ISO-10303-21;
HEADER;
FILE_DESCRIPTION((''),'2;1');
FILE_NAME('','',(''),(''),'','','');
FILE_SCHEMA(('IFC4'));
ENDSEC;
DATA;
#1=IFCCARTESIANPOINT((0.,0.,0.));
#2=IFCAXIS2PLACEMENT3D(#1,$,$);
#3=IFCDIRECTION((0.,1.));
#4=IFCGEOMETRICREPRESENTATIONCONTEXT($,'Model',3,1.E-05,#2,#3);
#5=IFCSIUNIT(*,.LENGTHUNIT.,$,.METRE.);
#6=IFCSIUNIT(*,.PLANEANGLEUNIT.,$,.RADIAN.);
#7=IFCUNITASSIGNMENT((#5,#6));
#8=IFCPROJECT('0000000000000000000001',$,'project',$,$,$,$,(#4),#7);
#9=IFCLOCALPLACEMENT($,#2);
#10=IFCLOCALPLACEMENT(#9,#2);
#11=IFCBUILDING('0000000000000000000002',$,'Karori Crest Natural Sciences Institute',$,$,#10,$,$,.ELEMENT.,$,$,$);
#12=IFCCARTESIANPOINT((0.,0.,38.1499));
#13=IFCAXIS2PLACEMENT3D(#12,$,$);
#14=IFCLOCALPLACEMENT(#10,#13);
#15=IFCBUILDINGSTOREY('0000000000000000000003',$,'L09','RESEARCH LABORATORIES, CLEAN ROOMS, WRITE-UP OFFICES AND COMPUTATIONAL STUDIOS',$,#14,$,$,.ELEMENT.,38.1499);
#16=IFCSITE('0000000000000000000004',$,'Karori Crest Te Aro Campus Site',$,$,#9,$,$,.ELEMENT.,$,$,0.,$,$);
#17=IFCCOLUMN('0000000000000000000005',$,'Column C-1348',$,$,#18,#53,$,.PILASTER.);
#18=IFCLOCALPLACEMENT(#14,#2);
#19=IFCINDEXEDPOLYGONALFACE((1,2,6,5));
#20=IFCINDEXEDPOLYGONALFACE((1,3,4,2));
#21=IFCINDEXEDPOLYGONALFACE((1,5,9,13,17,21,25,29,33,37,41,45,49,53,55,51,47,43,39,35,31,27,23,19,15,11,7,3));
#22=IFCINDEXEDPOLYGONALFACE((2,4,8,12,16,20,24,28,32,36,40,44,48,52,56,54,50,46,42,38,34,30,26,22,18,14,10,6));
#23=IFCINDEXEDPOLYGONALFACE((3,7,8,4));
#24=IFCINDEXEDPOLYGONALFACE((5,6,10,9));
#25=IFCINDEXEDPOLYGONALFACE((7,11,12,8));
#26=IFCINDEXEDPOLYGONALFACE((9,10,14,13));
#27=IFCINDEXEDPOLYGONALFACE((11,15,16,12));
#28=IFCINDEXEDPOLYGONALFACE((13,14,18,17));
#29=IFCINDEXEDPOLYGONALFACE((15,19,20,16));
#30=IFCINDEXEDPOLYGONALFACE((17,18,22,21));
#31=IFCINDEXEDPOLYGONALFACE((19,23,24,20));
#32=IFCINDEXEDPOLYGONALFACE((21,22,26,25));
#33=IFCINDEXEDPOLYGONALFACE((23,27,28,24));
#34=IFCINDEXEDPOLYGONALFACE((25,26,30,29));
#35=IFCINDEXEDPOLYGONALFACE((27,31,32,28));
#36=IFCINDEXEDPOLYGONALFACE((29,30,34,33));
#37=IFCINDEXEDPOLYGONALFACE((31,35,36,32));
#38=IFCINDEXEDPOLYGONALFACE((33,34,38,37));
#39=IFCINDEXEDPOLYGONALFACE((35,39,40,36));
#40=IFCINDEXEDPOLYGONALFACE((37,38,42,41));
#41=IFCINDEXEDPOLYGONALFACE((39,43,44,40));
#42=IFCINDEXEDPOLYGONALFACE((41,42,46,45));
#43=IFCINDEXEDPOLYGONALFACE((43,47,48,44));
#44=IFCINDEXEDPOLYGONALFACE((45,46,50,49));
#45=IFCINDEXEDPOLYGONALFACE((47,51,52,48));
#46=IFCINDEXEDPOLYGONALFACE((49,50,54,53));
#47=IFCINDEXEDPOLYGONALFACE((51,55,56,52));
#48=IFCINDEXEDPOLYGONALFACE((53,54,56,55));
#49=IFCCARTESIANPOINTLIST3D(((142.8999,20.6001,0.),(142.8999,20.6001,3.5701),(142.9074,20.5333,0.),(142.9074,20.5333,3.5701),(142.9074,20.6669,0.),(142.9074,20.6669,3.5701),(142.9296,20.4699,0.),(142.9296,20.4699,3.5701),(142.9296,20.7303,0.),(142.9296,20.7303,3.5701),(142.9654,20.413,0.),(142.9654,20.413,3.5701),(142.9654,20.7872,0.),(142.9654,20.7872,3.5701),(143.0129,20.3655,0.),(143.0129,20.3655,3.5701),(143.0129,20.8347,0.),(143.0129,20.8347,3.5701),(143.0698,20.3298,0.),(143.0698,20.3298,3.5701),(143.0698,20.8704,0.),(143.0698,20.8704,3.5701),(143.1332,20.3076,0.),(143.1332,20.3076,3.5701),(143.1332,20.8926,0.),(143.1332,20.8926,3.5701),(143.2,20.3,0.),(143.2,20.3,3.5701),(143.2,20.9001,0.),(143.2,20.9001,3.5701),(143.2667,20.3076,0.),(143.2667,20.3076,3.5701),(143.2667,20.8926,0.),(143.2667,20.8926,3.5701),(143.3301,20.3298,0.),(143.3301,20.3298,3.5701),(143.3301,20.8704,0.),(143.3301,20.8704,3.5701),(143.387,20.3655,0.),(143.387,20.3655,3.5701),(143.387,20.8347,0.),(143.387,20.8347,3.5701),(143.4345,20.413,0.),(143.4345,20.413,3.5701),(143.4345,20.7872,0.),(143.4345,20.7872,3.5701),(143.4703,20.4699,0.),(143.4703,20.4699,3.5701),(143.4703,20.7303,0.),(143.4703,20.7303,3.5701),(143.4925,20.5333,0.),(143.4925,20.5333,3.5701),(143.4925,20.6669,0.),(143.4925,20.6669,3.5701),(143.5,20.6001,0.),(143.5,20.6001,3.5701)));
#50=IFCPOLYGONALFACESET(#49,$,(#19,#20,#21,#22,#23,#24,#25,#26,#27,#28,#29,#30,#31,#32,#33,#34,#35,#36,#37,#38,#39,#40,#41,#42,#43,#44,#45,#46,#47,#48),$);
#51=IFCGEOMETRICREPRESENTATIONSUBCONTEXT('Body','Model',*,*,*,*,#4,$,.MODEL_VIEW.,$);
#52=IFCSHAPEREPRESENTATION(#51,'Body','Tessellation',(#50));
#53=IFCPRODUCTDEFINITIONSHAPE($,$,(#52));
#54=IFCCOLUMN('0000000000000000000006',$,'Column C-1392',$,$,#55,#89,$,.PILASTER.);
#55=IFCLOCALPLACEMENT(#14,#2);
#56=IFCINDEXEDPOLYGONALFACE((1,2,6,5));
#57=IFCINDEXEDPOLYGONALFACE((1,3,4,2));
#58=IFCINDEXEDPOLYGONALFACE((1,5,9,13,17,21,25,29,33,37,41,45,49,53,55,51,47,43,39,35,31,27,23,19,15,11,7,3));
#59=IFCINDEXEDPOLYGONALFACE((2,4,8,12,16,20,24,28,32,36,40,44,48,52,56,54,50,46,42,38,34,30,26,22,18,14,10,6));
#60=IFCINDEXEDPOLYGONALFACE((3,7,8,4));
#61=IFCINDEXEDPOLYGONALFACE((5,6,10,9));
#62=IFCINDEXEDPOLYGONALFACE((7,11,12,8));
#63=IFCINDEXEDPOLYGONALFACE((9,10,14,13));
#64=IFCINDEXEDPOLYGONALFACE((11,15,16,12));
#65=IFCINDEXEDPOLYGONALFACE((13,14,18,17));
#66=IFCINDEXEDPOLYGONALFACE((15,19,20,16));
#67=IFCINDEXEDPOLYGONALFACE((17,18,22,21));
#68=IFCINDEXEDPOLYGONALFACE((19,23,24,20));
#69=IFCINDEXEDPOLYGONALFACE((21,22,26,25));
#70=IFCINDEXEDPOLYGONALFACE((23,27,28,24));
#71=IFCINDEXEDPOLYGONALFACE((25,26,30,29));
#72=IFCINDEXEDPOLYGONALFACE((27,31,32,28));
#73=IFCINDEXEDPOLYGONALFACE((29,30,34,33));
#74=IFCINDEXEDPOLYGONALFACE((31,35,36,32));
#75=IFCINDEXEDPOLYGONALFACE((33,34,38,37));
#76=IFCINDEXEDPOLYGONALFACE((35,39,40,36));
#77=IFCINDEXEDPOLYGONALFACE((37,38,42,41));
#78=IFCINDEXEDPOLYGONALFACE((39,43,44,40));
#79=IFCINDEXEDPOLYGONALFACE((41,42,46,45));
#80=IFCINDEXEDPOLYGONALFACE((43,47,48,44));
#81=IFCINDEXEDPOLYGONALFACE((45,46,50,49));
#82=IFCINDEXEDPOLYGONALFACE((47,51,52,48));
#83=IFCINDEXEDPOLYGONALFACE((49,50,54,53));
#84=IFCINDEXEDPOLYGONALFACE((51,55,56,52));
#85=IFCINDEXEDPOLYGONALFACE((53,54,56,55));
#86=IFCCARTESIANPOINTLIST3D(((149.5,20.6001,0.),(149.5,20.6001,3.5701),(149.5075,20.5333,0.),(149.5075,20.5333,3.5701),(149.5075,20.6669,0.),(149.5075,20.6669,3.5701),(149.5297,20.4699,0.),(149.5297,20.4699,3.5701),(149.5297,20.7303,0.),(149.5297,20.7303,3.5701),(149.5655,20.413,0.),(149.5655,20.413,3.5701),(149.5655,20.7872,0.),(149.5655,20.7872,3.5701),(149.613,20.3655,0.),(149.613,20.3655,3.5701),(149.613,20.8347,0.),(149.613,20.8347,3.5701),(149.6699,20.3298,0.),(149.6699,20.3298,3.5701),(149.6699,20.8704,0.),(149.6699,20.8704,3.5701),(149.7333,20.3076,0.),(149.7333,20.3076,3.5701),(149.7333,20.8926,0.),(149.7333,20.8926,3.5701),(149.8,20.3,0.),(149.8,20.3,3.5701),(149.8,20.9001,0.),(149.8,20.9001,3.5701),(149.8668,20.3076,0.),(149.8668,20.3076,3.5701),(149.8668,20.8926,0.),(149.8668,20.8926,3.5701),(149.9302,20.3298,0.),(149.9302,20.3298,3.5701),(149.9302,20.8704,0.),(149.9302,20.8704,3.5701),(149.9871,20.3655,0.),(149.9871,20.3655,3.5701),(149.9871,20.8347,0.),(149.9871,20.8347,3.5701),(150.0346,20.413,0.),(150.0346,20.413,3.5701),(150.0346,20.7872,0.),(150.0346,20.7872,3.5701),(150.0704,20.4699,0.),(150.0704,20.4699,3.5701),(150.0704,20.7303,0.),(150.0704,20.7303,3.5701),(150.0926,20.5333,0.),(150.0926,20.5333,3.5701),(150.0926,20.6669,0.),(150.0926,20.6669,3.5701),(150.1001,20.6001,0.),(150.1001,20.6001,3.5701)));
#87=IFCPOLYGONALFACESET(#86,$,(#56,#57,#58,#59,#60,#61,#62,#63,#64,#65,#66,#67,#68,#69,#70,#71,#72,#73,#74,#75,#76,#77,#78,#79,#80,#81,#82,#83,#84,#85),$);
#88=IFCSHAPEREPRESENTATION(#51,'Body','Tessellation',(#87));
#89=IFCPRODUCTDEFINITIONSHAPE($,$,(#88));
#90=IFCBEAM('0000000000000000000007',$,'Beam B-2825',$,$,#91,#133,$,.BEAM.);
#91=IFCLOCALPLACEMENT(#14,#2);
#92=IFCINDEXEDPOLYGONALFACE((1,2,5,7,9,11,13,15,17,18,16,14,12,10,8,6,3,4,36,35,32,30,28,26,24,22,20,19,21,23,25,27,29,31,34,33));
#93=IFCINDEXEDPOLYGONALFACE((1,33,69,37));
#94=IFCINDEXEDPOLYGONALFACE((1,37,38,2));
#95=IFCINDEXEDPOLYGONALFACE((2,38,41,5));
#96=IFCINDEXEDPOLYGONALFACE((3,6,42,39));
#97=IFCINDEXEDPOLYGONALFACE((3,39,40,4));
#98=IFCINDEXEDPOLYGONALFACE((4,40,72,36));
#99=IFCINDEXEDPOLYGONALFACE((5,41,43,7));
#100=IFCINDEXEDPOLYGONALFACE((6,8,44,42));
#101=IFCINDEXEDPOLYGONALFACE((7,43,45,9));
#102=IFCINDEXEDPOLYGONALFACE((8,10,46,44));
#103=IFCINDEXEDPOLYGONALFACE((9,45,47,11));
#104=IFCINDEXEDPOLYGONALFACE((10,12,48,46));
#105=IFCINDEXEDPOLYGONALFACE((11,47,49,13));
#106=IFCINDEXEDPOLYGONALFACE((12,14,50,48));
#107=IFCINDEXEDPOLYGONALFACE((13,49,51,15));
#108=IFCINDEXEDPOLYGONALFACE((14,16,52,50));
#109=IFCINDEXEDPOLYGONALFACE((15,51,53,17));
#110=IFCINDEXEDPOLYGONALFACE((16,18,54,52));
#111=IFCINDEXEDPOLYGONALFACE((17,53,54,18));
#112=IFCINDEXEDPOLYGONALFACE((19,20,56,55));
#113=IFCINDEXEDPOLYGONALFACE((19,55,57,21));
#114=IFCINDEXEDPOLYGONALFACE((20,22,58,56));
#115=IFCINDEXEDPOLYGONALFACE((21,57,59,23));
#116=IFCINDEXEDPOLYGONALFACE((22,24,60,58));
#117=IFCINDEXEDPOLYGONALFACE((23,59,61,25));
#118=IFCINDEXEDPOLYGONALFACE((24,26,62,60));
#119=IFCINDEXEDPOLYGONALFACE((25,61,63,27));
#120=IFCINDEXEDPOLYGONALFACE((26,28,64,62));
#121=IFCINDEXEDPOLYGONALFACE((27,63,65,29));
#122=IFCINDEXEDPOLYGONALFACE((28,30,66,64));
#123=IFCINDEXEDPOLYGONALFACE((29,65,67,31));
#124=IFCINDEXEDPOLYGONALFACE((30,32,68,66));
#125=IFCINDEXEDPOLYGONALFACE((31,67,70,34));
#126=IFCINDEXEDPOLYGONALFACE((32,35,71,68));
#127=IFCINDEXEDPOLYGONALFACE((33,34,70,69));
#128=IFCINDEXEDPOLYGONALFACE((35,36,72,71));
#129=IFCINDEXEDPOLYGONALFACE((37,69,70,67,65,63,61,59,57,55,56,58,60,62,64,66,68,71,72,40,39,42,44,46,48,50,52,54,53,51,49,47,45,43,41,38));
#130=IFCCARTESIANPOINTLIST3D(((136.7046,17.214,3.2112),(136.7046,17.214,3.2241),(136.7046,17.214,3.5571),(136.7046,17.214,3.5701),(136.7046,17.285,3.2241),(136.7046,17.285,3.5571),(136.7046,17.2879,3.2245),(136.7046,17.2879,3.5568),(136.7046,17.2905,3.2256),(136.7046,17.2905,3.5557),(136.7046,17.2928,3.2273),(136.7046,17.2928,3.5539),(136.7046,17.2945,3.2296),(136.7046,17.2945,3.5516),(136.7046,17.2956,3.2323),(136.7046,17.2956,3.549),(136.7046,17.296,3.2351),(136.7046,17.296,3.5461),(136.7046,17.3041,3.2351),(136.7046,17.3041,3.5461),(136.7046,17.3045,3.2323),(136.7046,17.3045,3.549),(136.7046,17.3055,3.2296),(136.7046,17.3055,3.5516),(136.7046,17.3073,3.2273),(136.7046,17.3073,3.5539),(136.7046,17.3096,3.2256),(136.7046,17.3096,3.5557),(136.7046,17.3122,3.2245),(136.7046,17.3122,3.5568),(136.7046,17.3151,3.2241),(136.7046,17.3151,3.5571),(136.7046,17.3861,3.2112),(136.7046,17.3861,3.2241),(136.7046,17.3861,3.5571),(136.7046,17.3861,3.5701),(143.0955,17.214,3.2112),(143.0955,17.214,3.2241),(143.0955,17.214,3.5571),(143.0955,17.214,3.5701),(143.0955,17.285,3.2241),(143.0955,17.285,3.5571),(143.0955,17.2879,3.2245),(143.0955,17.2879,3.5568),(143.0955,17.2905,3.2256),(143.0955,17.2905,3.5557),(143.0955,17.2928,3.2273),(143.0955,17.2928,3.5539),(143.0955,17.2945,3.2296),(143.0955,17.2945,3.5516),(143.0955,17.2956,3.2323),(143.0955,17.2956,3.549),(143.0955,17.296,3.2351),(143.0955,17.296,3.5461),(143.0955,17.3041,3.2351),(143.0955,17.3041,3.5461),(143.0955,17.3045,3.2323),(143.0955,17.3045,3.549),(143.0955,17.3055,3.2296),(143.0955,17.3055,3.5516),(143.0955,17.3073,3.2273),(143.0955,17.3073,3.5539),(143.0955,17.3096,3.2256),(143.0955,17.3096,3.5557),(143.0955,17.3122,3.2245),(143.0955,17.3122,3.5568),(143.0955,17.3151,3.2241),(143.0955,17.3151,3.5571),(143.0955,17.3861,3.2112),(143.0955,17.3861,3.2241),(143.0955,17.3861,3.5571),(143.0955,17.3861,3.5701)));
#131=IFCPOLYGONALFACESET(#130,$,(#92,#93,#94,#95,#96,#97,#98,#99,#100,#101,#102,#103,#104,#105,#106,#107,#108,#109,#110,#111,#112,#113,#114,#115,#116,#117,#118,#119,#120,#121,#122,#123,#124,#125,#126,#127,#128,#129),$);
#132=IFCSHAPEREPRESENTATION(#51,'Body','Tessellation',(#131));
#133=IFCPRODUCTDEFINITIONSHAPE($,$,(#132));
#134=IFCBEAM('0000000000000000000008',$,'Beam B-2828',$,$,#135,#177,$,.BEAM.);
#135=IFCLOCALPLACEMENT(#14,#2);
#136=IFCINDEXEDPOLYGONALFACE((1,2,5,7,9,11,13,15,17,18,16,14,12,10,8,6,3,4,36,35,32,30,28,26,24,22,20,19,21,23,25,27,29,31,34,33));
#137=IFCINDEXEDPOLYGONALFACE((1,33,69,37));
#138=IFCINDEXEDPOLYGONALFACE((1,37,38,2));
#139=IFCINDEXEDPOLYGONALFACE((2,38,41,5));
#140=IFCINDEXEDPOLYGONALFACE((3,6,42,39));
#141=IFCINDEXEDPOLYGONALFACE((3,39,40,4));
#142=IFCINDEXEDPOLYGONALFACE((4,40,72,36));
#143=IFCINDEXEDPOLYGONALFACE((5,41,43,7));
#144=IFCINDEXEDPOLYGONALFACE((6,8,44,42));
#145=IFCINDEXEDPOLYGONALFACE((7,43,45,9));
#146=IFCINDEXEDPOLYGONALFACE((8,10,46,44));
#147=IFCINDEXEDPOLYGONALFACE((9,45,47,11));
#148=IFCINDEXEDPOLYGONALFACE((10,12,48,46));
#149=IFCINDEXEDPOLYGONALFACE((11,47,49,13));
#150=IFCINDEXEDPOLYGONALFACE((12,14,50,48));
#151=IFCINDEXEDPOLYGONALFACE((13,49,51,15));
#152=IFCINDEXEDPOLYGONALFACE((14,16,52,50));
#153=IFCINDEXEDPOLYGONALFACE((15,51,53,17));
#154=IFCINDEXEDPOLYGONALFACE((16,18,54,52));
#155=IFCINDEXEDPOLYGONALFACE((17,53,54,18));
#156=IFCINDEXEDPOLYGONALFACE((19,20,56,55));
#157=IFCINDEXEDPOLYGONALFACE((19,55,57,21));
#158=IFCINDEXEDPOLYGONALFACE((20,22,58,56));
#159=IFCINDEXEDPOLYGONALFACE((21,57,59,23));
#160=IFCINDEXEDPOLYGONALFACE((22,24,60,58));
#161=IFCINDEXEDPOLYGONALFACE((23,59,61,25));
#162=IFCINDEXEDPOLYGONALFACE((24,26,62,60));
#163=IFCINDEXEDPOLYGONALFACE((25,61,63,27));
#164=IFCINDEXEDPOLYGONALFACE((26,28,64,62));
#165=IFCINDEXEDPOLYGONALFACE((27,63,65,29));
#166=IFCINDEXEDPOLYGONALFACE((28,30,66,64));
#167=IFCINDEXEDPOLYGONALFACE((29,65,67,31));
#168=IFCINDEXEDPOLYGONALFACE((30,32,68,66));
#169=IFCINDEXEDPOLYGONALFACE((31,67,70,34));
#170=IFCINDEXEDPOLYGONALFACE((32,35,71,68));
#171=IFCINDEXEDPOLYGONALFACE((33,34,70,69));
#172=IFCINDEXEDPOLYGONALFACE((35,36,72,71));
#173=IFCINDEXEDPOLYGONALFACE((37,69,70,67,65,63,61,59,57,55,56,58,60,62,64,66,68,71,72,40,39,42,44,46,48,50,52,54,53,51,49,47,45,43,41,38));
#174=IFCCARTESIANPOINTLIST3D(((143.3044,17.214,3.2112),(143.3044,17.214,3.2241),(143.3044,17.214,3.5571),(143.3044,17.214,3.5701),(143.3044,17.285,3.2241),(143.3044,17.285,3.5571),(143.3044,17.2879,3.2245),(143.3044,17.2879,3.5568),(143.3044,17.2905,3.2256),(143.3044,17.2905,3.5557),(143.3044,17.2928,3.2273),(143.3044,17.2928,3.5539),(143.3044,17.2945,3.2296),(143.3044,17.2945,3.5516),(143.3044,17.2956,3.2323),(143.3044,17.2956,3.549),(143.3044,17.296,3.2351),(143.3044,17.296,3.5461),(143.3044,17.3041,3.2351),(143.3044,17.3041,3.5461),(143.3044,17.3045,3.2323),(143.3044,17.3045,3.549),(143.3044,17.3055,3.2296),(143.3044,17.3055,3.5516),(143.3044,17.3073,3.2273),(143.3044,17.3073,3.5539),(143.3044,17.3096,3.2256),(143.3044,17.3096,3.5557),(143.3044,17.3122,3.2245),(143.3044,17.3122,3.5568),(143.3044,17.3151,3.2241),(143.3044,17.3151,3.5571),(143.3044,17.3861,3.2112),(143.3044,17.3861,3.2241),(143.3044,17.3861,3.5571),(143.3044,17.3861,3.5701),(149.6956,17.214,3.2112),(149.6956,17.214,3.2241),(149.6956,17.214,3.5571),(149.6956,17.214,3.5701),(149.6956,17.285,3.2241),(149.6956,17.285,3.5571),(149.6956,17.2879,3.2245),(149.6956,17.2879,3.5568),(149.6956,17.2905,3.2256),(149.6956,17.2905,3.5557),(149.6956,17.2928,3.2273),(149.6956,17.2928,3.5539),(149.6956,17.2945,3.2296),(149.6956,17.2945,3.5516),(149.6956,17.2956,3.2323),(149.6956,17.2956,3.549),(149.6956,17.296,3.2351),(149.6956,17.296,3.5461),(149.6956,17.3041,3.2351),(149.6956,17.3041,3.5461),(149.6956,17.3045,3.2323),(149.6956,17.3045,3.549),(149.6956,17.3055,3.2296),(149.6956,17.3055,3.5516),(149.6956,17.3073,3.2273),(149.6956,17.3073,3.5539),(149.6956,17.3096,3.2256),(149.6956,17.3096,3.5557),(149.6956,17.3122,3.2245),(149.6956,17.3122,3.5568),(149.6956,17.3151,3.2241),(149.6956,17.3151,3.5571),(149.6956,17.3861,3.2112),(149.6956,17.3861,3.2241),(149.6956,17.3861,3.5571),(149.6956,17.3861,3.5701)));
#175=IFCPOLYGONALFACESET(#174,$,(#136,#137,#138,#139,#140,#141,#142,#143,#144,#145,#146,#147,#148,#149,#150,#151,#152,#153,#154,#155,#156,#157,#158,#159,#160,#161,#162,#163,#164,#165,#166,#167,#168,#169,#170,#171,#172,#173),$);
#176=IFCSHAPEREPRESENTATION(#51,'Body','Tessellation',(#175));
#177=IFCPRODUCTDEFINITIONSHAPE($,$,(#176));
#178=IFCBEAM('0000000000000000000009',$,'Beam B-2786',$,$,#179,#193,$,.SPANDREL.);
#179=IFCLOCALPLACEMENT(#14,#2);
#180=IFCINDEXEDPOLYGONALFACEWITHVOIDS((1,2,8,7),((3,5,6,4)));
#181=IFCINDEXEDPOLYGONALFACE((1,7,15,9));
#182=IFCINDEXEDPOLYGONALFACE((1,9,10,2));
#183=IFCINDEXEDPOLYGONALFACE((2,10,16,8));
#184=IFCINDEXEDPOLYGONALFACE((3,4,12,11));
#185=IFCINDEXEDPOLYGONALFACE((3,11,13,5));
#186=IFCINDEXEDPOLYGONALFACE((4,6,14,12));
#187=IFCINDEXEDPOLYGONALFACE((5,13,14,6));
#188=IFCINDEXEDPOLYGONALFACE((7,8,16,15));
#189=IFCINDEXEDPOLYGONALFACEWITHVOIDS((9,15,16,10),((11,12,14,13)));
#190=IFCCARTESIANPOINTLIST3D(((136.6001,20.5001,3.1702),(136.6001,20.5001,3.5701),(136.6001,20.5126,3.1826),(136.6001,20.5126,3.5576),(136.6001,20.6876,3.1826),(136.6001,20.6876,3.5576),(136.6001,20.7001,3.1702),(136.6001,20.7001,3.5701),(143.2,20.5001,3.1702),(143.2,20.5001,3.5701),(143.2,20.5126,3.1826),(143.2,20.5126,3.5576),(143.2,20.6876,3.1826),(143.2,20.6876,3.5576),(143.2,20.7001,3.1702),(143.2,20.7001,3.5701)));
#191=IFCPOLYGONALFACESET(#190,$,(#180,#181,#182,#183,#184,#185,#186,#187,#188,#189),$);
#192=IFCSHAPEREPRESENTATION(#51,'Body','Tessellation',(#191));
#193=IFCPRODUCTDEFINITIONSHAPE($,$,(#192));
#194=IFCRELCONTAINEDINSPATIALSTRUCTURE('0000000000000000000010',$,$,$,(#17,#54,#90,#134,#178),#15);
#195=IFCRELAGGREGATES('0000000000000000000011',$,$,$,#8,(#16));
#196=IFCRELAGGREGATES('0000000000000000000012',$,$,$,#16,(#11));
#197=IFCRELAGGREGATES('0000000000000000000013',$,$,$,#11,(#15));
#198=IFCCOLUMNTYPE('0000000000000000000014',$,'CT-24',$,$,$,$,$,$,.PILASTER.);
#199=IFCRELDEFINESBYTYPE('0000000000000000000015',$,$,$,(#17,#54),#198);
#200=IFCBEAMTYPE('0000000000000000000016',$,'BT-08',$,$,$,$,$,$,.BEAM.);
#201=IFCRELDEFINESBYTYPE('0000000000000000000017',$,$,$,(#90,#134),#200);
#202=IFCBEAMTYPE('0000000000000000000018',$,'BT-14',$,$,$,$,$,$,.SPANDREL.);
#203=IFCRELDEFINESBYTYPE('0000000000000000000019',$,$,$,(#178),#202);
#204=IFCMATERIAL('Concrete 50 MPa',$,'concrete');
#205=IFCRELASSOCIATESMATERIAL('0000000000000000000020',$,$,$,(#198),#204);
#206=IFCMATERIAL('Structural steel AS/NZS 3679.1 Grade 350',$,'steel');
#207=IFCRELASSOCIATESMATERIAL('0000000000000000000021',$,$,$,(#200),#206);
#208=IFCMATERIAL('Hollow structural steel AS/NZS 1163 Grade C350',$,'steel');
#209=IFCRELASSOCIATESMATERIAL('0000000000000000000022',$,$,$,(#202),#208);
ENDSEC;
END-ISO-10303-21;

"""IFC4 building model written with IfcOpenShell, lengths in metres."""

from ifc_helpers import new_model, si_unit, direction, frame, origin, origin_2d, place, context, subcontext, project, spatial, hollow_rectangle, circle, i_section, extrude, material, material_profile, profile_set, type_object, element, save


model = new_model("IFC4")

# Units and contexts
model_context = context("Model", 3, precision=1e-05, world=origin(), true_north=direction((0.0, 1.0)))
body_context = subcontext(model_context, "Body", "Model", "MODEL_VIEW")
ifc_project = project(units=[si_unit("LENGTHUNIT", "METRE"), si_unit("PLANEANGLEUNIT", "RADIAN")], contexts=[model_context])

# Site, building, storey
site_placement = place(None, origin())
site = spatial("IfcSite", under=ifc_project, at=site_placement, Name="Karori Crest Te Aro Campus Site", CompositionType="ELEMENT", RefElevation=0.0)
building_placement = place(site_placement, origin())
building = spatial("IfcBuilding", under=site, at=building_placement, Name="Karori Crest Natural Sciences Institute", CompositionType="ELEMENT")
storey_placement = place(building_placement, frame((0.0, 0.0, 38.1499)))
storey = spatial("IfcBuildingStorey", under=building, at=storey_placement, Name="L09", Description="RESEARCH LABORATORIES, CLEAN ROOMS, WRITE-UP OFFICES AND COMPUTATIONAL STUDIOS", CompositionType="ELEMENT", Elevation=38.1499)

# Columns
ifc_material_1 = material(Name="Concrete 50 MPa", Category="concrete")
ifc_material_profile_1 = material_profile(ifc_material_1, circle(Radius=0.3, at=origin_2d()), Name="RCC600")
ifc_profile_set_1 = profile_set([ifc_material_profile_1], Name="Concrete 50 MPa")
column_type = type_object("IfcColumnType", Name="CT-24", PredefinedType="PILASTER", material=ifc_profile_set_1)
for number, where, z_axis, x_axis, name in (
    (1, (143.2, 20.6001, 0.0), (0.0, 0.0, 1.0), (1.0, 0.0, 0.0), "Column C-1348"),
    (2, (149.8, 20.6001, 0.0), (0.0, 0.0, 1.0), (1.0, 0.0, 0.0), "Column C-1392"),
):
    element("IfcColumn", number, at=place(storey_placement, frame(where, z_axis=z_axis, x_axis=x_axis)), inside=storey, type_object=column_type, Name=name, PredefinedType="PILASTER", context=body_context, shape_type="SweptSolid", body=[
        extrude(circle(Radius=0.3, at=origin_2d()), origin(), (0.0, 0.0, 1.0), 3.5701),
    ])

# Beams
ifc_material_2 = material(Name="Structural steel AS/NZS 3679.1 Grade 350", Category="steel")
ifc_material_profile_2 = material_profile(ifc_material_2, i_section(OverallWidth=0.1721, OverallDepth=0.3589, WebThickness=0.0081, FlangeThickness=0.0129, FilletRadius=0.011, at=origin_2d()), Name="360UB56.7")
ifc_profile_set_2 = profile_set([ifc_material_profile_2], Name="Structural steel AS/NZS 3679.1 Grade 350")
beam_type_1 = type_object("IfcBeamType", Name="BT-08", PredefinedType="BEAM", material=ifc_profile_set_2)
beam_1_placement = place(storey_placement, frame((136.7046, 17.3, 3.3906), z_axis=(1.0, 0.0, 0.0), x_axis=(0.0, 1.0, 0.0)))
element("IfcBeam", 3, at=beam_1_placement, inside=storey, type_object=beam_type_1, Name="Beam B-2825", PredefinedType="BEAM", context=body_context, shape_type="SweptSolid", body=[
    extrude(i_section(OverallWidth=0.1721, OverallDepth=0.3589, WebThickness=0.0081, FlangeThickness=0.0129, FilletRadius=0.011, at=origin_2d()), origin(), (0.0, 0.0, 1.0), 6.3909),
])
beam_2_placement = place(storey_placement, frame((143.3044, 17.3, 3.3906), z_axis=(1.0, 0.0, 0.0), x_axis=(0.0, 1.0, 0.0)))
element("IfcBeam", 4, at=beam_2_placement, inside=storey, type_object=beam_type_1, Name="Beam B-2828", PredefinedType="BEAM", context=body_context, shape_type="SweptSolid", body=[
    extrude(i_section(OverallWidth=0.1721, OverallDepth=0.3589, WebThickness=0.0081, FlangeThickness=0.0129, FilletRadius=0.011, at=origin_2d()), origin(), (0.0, 0.0, 1.0), 6.3911),
])
ifc_material_3 = material(Name="Hollow structural steel AS/NZS 1163 Grade C350", Category="steel")
ifc_material_profile_3 = material_profile(ifc_material_3, hollow_rectangle(XDim=0.2, YDim=0.3999, WallThickness=0.0125, at=origin_2d()), Name="RHS400x200x12.5")
ifc_profile_set_3 = profile_set([ifc_material_profile_3], Name="Hollow structural steel AS/NZS 1163 Grade C350")
beam_type_2 = type_object("IfcBeamType", Name="BT-14", PredefinedType="SPANDREL", material=ifc_profile_set_3)
beam_3_placement = place(storey_placement, frame((136.6001, 20.6001, 3.3701), z_axis=(1.0, 0.0, 0.0), x_axis=(0.0, 1.0, 0.0)))
element("IfcBeam", 5, at=beam_3_placement, inside=storey, type_object=beam_type_2, Name="Beam B-2786", PredefinedType="SPANDREL", context=body_context, shape_type="SweptSolid", body=[
    extrude(hollow_rectangle(XDim=0.2, YDim=0.3999, WallThickness=0.0125, at=origin_2d()), origin(), (0.0, 0.0, 1.0), 6.5999),
])

save(model, "model.ifc")
